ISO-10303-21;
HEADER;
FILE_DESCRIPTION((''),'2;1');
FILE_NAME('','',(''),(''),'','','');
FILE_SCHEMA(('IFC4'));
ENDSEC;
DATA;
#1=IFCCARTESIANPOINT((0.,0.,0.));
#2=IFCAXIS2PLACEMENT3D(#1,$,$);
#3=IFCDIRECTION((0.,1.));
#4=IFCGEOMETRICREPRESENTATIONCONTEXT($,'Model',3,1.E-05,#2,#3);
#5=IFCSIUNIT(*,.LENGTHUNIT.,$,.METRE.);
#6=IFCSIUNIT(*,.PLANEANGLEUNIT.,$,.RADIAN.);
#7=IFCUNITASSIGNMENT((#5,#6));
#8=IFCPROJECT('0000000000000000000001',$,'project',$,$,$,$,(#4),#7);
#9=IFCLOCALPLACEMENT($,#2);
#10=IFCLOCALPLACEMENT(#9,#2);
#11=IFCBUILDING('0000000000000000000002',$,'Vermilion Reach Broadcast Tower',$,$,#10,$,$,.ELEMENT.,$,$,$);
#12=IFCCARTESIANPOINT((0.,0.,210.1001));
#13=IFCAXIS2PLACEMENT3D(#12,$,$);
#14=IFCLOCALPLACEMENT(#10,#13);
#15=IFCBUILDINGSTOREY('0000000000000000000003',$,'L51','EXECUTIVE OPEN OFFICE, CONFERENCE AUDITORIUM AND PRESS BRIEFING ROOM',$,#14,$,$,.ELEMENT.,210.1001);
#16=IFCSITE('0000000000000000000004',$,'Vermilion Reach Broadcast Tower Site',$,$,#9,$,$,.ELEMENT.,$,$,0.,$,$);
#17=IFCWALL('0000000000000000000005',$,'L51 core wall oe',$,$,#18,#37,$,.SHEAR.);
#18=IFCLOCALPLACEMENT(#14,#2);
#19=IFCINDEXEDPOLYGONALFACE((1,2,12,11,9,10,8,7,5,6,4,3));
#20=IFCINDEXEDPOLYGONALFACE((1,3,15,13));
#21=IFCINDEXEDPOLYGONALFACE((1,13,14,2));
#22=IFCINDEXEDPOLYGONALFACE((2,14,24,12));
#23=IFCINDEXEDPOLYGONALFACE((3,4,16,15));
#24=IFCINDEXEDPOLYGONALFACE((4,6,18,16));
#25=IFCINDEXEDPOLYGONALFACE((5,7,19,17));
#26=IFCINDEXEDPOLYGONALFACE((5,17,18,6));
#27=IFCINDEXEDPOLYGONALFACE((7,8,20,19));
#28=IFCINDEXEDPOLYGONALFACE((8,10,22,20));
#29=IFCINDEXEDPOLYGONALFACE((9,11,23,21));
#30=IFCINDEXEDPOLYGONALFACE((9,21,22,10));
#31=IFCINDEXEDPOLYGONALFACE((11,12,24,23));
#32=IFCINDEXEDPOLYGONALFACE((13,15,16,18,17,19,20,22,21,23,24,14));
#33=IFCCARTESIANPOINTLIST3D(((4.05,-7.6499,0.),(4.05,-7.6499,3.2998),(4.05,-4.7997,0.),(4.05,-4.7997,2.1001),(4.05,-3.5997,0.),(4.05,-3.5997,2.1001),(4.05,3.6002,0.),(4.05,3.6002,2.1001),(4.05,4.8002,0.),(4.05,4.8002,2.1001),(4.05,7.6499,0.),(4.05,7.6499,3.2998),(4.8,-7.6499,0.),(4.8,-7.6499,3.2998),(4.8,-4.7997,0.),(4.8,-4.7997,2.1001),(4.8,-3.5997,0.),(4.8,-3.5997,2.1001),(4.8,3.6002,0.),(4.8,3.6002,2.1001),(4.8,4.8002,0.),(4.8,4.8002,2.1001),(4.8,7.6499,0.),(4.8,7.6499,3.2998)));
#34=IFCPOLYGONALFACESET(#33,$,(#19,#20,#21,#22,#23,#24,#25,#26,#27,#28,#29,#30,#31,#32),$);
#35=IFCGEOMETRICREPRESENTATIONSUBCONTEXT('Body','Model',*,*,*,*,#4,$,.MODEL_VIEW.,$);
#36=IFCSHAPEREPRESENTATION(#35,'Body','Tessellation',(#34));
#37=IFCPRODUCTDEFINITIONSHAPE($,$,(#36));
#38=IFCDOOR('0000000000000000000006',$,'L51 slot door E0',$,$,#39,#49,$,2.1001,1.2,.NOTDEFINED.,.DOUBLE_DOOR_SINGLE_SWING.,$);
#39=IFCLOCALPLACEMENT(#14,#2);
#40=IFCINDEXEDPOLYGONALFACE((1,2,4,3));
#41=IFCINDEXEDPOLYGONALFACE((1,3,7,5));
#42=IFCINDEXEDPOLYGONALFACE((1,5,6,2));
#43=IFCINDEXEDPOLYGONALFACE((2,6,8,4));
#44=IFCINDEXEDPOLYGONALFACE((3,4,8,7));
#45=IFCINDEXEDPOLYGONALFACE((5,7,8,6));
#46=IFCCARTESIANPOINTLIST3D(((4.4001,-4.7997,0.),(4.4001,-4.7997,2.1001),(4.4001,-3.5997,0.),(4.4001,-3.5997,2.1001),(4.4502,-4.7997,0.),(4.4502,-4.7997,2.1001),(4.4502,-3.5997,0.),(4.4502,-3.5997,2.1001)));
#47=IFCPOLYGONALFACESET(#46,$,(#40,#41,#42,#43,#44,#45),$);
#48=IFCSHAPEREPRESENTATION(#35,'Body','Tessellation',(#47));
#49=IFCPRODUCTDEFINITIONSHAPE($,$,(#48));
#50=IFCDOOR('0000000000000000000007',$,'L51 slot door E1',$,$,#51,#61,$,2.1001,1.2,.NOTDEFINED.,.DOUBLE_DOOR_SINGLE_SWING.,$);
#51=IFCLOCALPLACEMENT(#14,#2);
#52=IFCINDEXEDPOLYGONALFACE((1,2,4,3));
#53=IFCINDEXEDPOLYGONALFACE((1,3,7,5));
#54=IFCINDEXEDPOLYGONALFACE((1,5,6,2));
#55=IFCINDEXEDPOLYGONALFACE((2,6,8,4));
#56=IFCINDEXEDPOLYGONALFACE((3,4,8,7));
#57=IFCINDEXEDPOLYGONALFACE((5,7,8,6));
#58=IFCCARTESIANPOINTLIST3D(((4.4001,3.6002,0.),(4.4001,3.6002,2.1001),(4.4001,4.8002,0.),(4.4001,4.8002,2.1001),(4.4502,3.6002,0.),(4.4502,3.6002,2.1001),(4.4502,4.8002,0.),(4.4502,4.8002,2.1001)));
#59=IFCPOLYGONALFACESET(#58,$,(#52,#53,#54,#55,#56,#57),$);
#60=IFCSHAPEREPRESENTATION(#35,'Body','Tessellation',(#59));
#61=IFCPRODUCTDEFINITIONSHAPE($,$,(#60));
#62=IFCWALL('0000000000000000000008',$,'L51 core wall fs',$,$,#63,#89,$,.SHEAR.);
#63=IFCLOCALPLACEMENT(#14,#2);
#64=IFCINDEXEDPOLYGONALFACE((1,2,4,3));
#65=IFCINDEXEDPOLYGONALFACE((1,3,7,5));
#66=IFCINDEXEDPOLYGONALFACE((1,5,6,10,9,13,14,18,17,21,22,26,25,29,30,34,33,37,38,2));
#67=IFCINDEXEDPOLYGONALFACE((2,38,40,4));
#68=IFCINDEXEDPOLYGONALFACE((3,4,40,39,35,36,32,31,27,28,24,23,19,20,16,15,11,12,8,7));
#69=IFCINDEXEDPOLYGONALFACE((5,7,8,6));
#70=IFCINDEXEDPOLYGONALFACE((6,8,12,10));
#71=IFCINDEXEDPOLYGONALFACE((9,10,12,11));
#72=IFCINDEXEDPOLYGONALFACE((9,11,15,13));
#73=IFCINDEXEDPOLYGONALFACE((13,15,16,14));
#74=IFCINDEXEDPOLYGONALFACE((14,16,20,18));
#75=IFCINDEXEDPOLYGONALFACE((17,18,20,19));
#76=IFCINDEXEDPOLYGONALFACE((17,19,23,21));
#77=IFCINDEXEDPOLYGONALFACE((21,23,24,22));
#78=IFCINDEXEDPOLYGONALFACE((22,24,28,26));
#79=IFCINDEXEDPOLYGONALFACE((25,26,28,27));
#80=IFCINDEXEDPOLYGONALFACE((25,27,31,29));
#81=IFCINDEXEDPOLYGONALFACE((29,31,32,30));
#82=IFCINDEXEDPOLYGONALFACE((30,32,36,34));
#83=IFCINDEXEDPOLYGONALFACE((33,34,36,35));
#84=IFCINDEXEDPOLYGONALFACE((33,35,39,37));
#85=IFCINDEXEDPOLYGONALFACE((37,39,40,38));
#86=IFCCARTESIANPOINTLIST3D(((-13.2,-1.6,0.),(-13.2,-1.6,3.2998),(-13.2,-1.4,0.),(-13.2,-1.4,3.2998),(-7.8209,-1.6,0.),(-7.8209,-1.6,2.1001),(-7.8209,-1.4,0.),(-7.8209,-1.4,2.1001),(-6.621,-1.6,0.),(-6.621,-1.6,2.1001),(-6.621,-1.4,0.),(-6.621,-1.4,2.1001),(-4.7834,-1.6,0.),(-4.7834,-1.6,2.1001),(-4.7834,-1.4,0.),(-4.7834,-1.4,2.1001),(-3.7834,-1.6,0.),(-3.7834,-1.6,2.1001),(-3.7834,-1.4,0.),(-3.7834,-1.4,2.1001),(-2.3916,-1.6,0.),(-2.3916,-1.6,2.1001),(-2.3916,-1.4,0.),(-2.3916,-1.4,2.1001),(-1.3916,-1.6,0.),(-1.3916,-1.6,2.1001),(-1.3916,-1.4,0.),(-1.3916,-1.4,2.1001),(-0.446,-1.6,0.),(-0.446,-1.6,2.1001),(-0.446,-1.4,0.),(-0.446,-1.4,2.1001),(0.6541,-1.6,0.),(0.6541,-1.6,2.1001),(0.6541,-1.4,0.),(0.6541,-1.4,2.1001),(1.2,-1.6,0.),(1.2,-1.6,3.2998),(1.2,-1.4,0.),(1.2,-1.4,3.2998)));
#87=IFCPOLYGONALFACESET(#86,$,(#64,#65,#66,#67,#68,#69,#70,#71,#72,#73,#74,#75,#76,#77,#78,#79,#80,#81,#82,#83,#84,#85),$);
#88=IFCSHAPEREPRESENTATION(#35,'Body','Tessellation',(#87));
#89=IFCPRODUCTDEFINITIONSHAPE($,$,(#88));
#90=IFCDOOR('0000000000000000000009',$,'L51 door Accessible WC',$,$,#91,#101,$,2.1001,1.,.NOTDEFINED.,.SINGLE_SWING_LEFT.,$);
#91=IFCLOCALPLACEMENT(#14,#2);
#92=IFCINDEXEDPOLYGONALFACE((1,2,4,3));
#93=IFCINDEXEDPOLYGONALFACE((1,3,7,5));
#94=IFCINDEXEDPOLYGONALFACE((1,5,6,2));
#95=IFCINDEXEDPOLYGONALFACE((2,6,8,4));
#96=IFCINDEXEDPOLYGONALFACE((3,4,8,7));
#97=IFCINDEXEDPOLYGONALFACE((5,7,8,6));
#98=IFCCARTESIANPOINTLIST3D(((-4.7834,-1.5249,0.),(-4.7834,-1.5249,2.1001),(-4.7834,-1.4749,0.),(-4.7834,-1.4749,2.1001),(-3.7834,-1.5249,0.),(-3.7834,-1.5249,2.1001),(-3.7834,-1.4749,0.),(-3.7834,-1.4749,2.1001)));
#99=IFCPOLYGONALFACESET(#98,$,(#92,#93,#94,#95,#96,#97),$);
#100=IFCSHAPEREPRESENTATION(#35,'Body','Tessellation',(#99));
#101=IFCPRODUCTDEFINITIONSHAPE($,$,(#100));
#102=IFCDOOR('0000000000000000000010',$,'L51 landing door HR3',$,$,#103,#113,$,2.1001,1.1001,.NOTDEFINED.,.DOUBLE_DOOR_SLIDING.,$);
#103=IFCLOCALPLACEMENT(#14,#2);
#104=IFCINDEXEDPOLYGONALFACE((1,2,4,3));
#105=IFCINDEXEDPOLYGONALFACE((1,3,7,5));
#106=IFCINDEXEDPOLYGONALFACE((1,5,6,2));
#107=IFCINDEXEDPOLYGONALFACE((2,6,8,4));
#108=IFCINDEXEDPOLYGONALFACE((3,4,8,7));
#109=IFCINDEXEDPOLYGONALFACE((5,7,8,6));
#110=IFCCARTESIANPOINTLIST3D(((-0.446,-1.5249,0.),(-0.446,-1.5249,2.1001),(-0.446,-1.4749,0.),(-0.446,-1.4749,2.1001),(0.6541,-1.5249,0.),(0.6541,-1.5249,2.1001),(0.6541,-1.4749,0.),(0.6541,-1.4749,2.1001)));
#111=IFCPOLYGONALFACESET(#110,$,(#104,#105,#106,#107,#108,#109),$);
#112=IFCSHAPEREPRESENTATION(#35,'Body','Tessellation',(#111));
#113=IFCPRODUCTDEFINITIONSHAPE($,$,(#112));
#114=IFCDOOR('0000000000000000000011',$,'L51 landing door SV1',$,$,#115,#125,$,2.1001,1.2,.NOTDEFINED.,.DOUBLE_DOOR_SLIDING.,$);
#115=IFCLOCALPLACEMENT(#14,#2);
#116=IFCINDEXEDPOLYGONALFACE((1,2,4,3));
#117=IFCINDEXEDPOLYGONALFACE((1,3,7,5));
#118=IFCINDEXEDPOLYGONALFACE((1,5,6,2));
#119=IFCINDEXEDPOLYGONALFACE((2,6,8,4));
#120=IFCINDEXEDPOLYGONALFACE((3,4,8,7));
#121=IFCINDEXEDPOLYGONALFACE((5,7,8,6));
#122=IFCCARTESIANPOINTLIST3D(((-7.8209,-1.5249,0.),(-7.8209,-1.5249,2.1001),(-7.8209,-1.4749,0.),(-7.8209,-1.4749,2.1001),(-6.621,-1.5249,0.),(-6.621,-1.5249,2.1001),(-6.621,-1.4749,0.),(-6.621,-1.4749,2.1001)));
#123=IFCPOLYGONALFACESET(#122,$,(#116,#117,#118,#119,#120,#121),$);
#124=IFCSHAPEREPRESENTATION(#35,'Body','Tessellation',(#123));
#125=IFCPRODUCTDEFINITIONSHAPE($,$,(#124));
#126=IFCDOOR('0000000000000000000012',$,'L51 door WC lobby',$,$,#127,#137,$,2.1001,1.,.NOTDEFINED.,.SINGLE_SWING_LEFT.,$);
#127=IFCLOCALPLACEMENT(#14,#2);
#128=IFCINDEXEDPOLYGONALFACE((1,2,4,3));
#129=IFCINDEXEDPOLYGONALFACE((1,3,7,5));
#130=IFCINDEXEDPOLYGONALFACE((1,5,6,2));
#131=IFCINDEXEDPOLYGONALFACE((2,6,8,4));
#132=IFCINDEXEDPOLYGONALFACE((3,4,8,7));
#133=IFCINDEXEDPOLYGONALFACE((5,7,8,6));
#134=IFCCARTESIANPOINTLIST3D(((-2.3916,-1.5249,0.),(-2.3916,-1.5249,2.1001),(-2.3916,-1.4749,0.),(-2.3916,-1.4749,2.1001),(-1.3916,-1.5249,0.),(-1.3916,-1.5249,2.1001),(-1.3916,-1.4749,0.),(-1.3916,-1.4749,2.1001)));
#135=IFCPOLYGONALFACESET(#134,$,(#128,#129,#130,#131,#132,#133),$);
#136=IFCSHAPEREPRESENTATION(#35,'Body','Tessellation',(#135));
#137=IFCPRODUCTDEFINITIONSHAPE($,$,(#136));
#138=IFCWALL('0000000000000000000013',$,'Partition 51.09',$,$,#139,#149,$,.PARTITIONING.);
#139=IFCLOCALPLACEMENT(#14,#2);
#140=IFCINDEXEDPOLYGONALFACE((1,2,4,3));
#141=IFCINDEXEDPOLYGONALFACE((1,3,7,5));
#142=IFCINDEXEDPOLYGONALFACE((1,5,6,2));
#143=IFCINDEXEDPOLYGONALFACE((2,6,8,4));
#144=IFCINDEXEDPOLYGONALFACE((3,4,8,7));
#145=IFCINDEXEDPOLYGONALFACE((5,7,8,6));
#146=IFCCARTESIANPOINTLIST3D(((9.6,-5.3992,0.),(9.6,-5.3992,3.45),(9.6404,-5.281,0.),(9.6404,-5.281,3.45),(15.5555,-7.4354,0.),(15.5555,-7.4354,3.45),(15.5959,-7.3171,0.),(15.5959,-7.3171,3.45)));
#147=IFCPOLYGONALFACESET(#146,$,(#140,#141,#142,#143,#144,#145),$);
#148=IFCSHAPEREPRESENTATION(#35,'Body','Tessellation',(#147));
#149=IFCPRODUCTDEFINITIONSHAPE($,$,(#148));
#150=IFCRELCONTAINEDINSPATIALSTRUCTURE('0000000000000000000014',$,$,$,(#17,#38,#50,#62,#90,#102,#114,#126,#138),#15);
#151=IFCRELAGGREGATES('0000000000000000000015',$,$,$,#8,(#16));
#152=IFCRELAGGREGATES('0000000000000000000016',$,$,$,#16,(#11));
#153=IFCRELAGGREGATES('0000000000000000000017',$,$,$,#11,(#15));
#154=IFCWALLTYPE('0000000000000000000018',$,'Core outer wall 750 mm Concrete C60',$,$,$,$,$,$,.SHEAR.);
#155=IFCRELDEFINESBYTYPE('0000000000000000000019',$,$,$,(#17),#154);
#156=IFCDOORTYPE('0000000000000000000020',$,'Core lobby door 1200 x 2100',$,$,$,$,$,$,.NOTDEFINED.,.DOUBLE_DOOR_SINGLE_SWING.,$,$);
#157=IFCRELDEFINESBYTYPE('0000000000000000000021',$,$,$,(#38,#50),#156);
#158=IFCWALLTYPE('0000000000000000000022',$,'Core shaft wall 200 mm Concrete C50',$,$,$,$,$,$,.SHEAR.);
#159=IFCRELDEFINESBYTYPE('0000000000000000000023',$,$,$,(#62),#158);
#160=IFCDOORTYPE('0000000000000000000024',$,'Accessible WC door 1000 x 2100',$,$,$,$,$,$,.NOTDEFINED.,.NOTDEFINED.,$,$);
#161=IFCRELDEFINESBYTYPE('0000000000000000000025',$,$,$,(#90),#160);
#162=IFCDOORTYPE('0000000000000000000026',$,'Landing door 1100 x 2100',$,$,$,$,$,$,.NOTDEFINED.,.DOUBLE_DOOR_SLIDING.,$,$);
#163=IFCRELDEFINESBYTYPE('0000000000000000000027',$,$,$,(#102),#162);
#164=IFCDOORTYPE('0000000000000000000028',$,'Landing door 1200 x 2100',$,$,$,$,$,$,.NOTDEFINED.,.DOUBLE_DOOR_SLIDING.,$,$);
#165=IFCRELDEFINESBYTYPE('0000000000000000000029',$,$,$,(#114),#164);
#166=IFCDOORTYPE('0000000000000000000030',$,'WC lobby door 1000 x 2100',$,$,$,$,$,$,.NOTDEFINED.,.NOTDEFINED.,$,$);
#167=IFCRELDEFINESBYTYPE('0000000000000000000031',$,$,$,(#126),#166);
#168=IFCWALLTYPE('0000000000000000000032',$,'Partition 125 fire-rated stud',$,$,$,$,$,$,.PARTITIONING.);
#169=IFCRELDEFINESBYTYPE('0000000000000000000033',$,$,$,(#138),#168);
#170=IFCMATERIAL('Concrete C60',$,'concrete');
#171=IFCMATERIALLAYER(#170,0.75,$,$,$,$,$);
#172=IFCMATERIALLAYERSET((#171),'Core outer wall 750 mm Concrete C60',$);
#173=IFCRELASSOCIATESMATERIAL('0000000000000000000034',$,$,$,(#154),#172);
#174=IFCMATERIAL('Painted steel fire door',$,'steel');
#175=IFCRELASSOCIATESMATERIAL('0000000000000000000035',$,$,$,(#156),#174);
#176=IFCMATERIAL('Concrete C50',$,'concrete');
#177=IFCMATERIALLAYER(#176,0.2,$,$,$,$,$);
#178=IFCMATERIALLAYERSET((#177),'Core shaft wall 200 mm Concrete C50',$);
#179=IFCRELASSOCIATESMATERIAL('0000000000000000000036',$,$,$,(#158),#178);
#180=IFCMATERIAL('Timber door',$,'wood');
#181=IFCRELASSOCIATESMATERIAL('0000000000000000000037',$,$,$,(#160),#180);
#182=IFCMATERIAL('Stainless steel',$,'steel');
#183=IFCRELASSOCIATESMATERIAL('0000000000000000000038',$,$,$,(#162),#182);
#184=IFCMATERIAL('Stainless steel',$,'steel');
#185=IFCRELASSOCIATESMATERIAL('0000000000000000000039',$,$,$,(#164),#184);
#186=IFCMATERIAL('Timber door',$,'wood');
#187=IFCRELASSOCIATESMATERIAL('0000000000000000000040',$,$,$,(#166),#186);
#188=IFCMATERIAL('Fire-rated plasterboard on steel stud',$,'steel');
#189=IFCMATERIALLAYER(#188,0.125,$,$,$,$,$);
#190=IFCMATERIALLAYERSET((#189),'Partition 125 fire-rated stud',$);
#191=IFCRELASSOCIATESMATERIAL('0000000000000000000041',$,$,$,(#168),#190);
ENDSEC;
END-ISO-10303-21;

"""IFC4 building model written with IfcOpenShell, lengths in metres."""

from ifc_helpers import new_model, si_unit, direction, frame, frame_2d, origin, place, context, subcontext, project, spatial, rectangle, extrude, material, layer, layer_set, type_object, element, fill, save


model = new_model("IFC4")

# Units and contexts
model_context = context("Model", 3, precision=1e-05, world=origin(), true_north=direction((0.0, 1.0)))
body_context = subcontext(model_context, "Body", "Model", "MODEL_VIEW")
ifc_project = project(units=[si_unit("LENGTHUNIT", "METRE"), si_unit("PLANEANGLEUNIT", "RADIAN")], contexts=[model_context])

# Site, building, storey
site_placement = place(None, origin())
site = spatial("IfcSite", under=ifc_project, at=site_placement, Name="Vermilion Reach Broadcast Tower Site", CompositionType="ELEMENT", RefElevation=0.0)
building_placement = place(site_placement, origin())
building = spatial("IfcBuilding", under=site, at=building_placement, Name="Vermilion Reach Broadcast Tower", CompositionType="ELEMENT")
storey_placement = place(building_placement, frame((0.0, 0.0, 210.1001)))
storey = spatial("IfcBuildingStorey", under=building, at=storey_placement, Name="L51", Description="EXECUTIVE OPEN OFFICE, CONFERENCE AUDITORIUM AND PRESS BRIEFING ROOM", CompositionType="ELEMENT", Elevation=210.1001)

# Walls, openings, doors
ifc_material_1 = material(Name="Concrete C60", Category="concrete")
ifc_layer_1 = layer(ifc_material_1, 0.75)
ifc_layer_set_1 = layer_set([ifc_layer_1], Name="Core outer wall 750 mm Concrete C60")
wall_type_1 = type_object("IfcWallType", Name="Core outer wall 750 mm Concrete C60", PredefinedType="SHEAR", material=ifc_layer_set_1)
wall_1_placement = place(storey_placement, frame((4.425, -7.6499, 0.0), z_axis=(0.0, 0.0, 1.0), x_axis=(0.0, 1.0, 0.0)))
wall_1 = element("IfcWall", 1, at=wall_1_placement, inside=storey, type_object=wall_type_1, Name="L51 core wall oe", PredefinedType="SHEAR", context=body_context, shape_type="SweptSolid", body=[
    extrude(rectangle(XDim=15.2998, YDim=0.75, at=frame_2d((7.6499, 0.0))), origin(), (0.0, 0.0, 1.0), 3.2998),
])
opening_1_placement = place(wall_1_placement, frame((2.8501, 0.0, 0.0)))
opening_1 = element("IfcOpeningElement", 2, at=opening_1_placement, cuts=wall_1, PredefinedType="OPENING", context=body_context, shape_type="SweptSolid", body=[
    extrude(rectangle(XDim=1.2, YDim=2.1001, at=frame_2d((0.6001, 1.05))), frame((0.0, 0.385, 0.0), z_axis=(0.0, -1.0, 0.0), x_axis=(1.0, 0.0, 0.0)), (0.0, 0.0, 1.0), 0.77),
])
opening_2_placement = place(wall_1_placement, frame((11.25, 0.0, 0.0)))
opening_2 = element("IfcOpeningElement", 3, at=opening_2_placement, cuts=wall_1, PredefinedType="OPENING", context=body_context, shape_type="SweptSolid", body=[
    extrude(rectangle(XDim=1.2, YDim=2.1001, at=frame_2d((0.6001, 1.05))), frame((0.0, 0.385, 0.0), z_axis=(0.0, -1.0, 0.0), x_axis=(1.0, 0.0, 0.0)), (0.0, 0.0, 1.0), 0.77),
])
ifc_material_2 = material(Name="Painted steel fire door", Category="steel")
door_type_1 = type_object("IfcDoorType", Name="Core lobby door 1200 x 2100", OperationType="DOUBLE_DOOR_SINGLE_SWING", PredefinedType="NOTDEFINED", material=ifc_material_2)
door_1_placement = place(opening_1_placement, origin())
door_1 = element("IfcDoor", 4, at=door_1_placement, inside=storey, type_object=door_type_1, Name="L51 slot door E0", OperationType="DOUBLE_DOOR_SINGLE_SWING", OverallHeight=2.1001, OverallWidth=1.2, PredefinedType="NOTDEFINED", context=body_context, shape_type="SweptSolid", body=[
    extrude(rectangle(XDim=1.2, YDim=2.1001, at=frame_2d((0.6001, 1.05))), frame((0.0, 0.0249, 0.0), z_axis=(0.0, -1.0, 0.0), x_axis=(1.0, 0.0, 0.0)), (0.0, 0.0, 1.0), 0.05),
])
fill(opening_1, door_1)
door_2_placement = place(opening_2_placement, origin())
door_2 = element("IfcDoor", 5, at=door_2_placement, inside=storey, type_object=door_type_1, Name="L51 slot door E1", OperationType="DOUBLE_DOOR_SINGLE_SWING", OverallHeight=2.1001, OverallWidth=1.2, PredefinedType="NOTDEFINED", context=body_context, shape_type="SweptSolid", body=[
    extrude(rectangle(XDim=1.2, YDim=2.1001, at=frame_2d((0.6001, 1.05))), frame((0.0, 0.0249, 0.0), z_axis=(0.0, -1.0, 0.0), x_axis=(1.0, 0.0, 0.0)), (0.0, 0.0, 1.0), 0.05),
])
fill(opening_2, door_2)
ifc_material_3 = material(Name="Concrete C50", Category="concrete")
ifc_layer_2 = layer(ifc_material_3, 0.2)
ifc_layer_set_2 = layer_set([ifc_layer_2], Name="Core shaft wall 200 mm Concrete C50")
wall_type_2 = type_object("IfcWallType", Name="Core shaft wall 200 mm Concrete C50", PredefinedType="SHEAR", material=ifc_layer_set_2)
wall_2_placement = place(storey_placement, frame((1.2, -1.5, 0.0), z_axis=(0.0, 0.0, 1.0), x_axis=(-1.0, 0.0, 0.0)))
wall_2 = element("IfcWall", 6, at=wall_2_placement, inside=storey, type_object=wall_type_2, Name="L51 core wall fs", PredefinedType="SHEAR", context=body_context, shape_type="SweptSolid", body=[
    extrude(rectangle(XDim=14.3999, YDim=0.2, at=frame_2d((7.2, 0.0))), origin(), (0.0, 0.0, 1.0), 3.2998),
])
opening_3_placement = place(wall_2_placement, frame((7.8208, 0.0, 0.0)))
opening_3 = element("IfcOpeningElement", 7, at=opening_3_placement, cuts=wall_2, PredefinedType="OPENING", context=body_context, shape_type="SweptSolid", body=[
    extrude(rectangle(XDim=1.2, YDim=2.1001, at=frame_2d((0.6001, 1.05))), frame((0.0, 0.1099, 0.0), z_axis=(0.0, -1.0, 0.0), x_axis=(1.0, 0.0, 0.0)), (0.0, 0.0, 1.0), 0.22),
])
opening_4_placement = place(wall_2_placement, frame((0.5459, 0.0, 0.0)))
opening_4 = element("IfcOpeningElement", 8, at=opening_4_placement, cuts=wall_2, PredefinedType="OPENING", context=body_context, shape_type="SweptSolid", body=[
    extrude(rectangle(XDim=1.1001, YDim=2.1001, at=frame_2d((0.55, 1.05))), frame((0.0, 0.1099, 0.0), z_axis=(0.0, -1.0, 0.0), x_axis=(1.0, 0.0, 0.0)), (0.0, 0.0, 1.0), 0.22),
])
opening_5_placement = place(wall_2_placement, frame((4.9834, 0.0, 0.0)))
opening_5 = element("IfcOpeningElement", 9, at=opening_5_placement, cuts=wall_2, PredefinedType="OPENING", context=body_context, shape_type="SweptSolid", body=[
    extrude(rectangle(XDim=1.0, YDim=2.1001, at=frame_2d((0.5, 1.05))), frame((0.0, 0.1099, 0.0), z_axis=(0.0, -1.0, 0.0), x_axis=(1.0, 0.0, 0.0)), (0.0, 0.0, 1.0), 0.22),
])
opening_6_placement = place(wall_2_placement, frame((2.5916, 0.0, 0.0)))
opening_6 = element("IfcOpeningElement", 10, at=opening_6_placement, cuts=wall_2, PredefinedType="OPENING", context=body_context, shape_type="SweptSolid", body=[
    extrude(rectangle(XDim=1.0, YDim=2.1001, at=frame_2d((0.5, 1.05))), frame((0.0, 0.1099, 0.0), z_axis=(0.0, -1.0, 0.0), x_axis=(1.0, 0.0, 0.0)), (0.0, 0.0, 1.0), 0.22),
])
ifc_material_4 = material(Name="Timber door", Category="wood")
door_type_2 = type_object("IfcDoorType", Name="Accessible WC door 1000 x 2100", OperationType="NOTDEFINED", PredefinedType="NOTDEFINED", material=ifc_material_4)
door_3_placement = place(opening_5_placement, origin())
door_3 = element("IfcDoor", 11, at=door_3_placement, inside=storey, type_object=door_type_2, Name="L51 door Accessible WC", OperationType="SINGLE_SWING_LEFT", OverallHeight=2.1001, OverallWidth=1.0, PredefinedType="NOTDEFINED", context=body_context, shape_type="SweptSolid", body=[
    extrude(rectangle(XDim=1.0, YDim=2.1001, at=frame_2d((0.5, 1.05))), frame((0.0, 0.0249, 0.0), z_axis=(0.0, -1.0, 0.0), x_axis=(1.0, 0.0, 0.0)), (0.0, 0.0, 1.0), 0.05),
])
fill(opening_5, door_3)
ifc_material_5 = material(Name="Stainless steel", Category="steel")
door_type_3 = type_object("IfcDoorType", Name="Landing door 1100 x 2100", OperationType="DOUBLE_DOOR_SLIDING", PredefinedType="NOTDEFINED", material=ifc_material_5)
door_4_placement = place(opening_4_placement, origin())
door_4 = element("IfcDoor", 12, at=door_4_placement, inside=storey, type_object=door_type_3, Name="L51 landing door HR3", OperationType="DOUBLE_DOOR_SLIDING", OverallHeight=2.1001, OverallWidth=1.1001, PredefinedType="NOTDEFINED", context=body_context, shape_type="SweptSolid", body=[
    extrude(rectangle(XDim=1.1001, YDim=2.1001, at=frame_2d((0.55, 1.05))), frame((0.0, 0.0249, 0.0), z_axis=(0.0, -1.0, 0.0), x_axis=(1.0, 0.0, 0.0)), (0.0, 0.0, 1.0), 0.05),
])
fill(opening_4, door_4)
ifc_material_6 = material(Name="Stainless steel", Category="steel")
door_type_4 = type_object("IfcDoorType", Name="Landing door 1200 x 2100", OperationType="DOUBLE_DOOR_SLIDING", PredefinedType="NOTDEFINED", material=ifc_material_6)
door_5_placement = place(opening_3_placement, origin())
door_5 = element("IfcDoor", 13, at=door_5_placement, inside=storey, type_object=door_type_4, Name="L51 landing door SV1", OperationType="DOUBLE_DOOR_SLIDING", OverallHeight=2.1001, OverallWidth=1.2, PredefinedType="NOTDEFINED", context=body_context, shape_type="SweptSolid", body=[
    extrude(rectangle(XDim=1.2, YDim=2.1001, at=frame_2d((0.6001, 1.05))), frame((0.0, 0.0249, 0.0), z_axis=(0.0, -1.0, 0.0), x_axis=(1.0, 0.0, 0.0)), (0.0, 0.0, 1.0), 0.05),
])
fill(opening_3, door_5)
ifc_material_7 = material(Name="Timber door", Category="wood")
door_type_5 = type_object("IfcDoorType", Name="WC lobby door 1000 x 2100", OperationType="NOTDEFINED", PredefinedType="NOTDEFINED", material=ifc_material_7)
door_6_placement = place(opening_6_placement, origin())
door_6 = element("IfcDoor", 14, at=door_6_placement, inside=storey, type_object=door_type_5, Name="L51 door WC lobby", OperationType="SINGLE_SWING_LEFT", OverallHeight=2.1001, OverallWidth=1.0, PredefinedType="NOTDEFINED", context=body_context, shape_type="SweptSolid", body=[
    extrude(rectangle(XDim=1.0, YDim=2.1001, at=frame_2d((0.5, 1.05))), frame((0.0, 0.0249, 0.0), z_axis=(0.0, -1.0, 0.0), x_axis=(1.0, 0.0, 0.0)), (0.0, 0.0, 1.0), 0.05),
])
fill(opening_6, door_6)

# Wall
ifc_material_8 = material(Name="Fire-rated plasterboard on steel stud", Category="steel")
ifc_layer_3 = layer(ifc_material_8, 0.125)
ifc_layer_set_3 = layer_set([ifc_layer_3], Name="Partition 125 fire-rated stud")
wall_type_3 = type_object("IfcWallType", Name="Partition 125 fire-rated stud", PredefinedType="PARTITIONING", material=ifc_layer_set_3)
wall_3_placement = place(storey_placement, frame((15.5757, -7.3762, 0.0), z_axis=(0.0, 0.0, 1.0), x_axis=(-0.946227, 0.323503, 0.0)))
element("IfcWall", 15, at=wall_3_placement, inside=storey, type_object=wall_type_3, Name="Partition 51.09", PredefinedType="PARTITIONING", context=body_context, shape_type="SweptSolid", body=[
    extrude(rectangle(XDim=6.2939, YDim=0.125, at=frame_2d((3.147, 0.0))), origin(), (0.0, 0.0, 1.0), 3.45),
])

save(model, "model.ifc")
